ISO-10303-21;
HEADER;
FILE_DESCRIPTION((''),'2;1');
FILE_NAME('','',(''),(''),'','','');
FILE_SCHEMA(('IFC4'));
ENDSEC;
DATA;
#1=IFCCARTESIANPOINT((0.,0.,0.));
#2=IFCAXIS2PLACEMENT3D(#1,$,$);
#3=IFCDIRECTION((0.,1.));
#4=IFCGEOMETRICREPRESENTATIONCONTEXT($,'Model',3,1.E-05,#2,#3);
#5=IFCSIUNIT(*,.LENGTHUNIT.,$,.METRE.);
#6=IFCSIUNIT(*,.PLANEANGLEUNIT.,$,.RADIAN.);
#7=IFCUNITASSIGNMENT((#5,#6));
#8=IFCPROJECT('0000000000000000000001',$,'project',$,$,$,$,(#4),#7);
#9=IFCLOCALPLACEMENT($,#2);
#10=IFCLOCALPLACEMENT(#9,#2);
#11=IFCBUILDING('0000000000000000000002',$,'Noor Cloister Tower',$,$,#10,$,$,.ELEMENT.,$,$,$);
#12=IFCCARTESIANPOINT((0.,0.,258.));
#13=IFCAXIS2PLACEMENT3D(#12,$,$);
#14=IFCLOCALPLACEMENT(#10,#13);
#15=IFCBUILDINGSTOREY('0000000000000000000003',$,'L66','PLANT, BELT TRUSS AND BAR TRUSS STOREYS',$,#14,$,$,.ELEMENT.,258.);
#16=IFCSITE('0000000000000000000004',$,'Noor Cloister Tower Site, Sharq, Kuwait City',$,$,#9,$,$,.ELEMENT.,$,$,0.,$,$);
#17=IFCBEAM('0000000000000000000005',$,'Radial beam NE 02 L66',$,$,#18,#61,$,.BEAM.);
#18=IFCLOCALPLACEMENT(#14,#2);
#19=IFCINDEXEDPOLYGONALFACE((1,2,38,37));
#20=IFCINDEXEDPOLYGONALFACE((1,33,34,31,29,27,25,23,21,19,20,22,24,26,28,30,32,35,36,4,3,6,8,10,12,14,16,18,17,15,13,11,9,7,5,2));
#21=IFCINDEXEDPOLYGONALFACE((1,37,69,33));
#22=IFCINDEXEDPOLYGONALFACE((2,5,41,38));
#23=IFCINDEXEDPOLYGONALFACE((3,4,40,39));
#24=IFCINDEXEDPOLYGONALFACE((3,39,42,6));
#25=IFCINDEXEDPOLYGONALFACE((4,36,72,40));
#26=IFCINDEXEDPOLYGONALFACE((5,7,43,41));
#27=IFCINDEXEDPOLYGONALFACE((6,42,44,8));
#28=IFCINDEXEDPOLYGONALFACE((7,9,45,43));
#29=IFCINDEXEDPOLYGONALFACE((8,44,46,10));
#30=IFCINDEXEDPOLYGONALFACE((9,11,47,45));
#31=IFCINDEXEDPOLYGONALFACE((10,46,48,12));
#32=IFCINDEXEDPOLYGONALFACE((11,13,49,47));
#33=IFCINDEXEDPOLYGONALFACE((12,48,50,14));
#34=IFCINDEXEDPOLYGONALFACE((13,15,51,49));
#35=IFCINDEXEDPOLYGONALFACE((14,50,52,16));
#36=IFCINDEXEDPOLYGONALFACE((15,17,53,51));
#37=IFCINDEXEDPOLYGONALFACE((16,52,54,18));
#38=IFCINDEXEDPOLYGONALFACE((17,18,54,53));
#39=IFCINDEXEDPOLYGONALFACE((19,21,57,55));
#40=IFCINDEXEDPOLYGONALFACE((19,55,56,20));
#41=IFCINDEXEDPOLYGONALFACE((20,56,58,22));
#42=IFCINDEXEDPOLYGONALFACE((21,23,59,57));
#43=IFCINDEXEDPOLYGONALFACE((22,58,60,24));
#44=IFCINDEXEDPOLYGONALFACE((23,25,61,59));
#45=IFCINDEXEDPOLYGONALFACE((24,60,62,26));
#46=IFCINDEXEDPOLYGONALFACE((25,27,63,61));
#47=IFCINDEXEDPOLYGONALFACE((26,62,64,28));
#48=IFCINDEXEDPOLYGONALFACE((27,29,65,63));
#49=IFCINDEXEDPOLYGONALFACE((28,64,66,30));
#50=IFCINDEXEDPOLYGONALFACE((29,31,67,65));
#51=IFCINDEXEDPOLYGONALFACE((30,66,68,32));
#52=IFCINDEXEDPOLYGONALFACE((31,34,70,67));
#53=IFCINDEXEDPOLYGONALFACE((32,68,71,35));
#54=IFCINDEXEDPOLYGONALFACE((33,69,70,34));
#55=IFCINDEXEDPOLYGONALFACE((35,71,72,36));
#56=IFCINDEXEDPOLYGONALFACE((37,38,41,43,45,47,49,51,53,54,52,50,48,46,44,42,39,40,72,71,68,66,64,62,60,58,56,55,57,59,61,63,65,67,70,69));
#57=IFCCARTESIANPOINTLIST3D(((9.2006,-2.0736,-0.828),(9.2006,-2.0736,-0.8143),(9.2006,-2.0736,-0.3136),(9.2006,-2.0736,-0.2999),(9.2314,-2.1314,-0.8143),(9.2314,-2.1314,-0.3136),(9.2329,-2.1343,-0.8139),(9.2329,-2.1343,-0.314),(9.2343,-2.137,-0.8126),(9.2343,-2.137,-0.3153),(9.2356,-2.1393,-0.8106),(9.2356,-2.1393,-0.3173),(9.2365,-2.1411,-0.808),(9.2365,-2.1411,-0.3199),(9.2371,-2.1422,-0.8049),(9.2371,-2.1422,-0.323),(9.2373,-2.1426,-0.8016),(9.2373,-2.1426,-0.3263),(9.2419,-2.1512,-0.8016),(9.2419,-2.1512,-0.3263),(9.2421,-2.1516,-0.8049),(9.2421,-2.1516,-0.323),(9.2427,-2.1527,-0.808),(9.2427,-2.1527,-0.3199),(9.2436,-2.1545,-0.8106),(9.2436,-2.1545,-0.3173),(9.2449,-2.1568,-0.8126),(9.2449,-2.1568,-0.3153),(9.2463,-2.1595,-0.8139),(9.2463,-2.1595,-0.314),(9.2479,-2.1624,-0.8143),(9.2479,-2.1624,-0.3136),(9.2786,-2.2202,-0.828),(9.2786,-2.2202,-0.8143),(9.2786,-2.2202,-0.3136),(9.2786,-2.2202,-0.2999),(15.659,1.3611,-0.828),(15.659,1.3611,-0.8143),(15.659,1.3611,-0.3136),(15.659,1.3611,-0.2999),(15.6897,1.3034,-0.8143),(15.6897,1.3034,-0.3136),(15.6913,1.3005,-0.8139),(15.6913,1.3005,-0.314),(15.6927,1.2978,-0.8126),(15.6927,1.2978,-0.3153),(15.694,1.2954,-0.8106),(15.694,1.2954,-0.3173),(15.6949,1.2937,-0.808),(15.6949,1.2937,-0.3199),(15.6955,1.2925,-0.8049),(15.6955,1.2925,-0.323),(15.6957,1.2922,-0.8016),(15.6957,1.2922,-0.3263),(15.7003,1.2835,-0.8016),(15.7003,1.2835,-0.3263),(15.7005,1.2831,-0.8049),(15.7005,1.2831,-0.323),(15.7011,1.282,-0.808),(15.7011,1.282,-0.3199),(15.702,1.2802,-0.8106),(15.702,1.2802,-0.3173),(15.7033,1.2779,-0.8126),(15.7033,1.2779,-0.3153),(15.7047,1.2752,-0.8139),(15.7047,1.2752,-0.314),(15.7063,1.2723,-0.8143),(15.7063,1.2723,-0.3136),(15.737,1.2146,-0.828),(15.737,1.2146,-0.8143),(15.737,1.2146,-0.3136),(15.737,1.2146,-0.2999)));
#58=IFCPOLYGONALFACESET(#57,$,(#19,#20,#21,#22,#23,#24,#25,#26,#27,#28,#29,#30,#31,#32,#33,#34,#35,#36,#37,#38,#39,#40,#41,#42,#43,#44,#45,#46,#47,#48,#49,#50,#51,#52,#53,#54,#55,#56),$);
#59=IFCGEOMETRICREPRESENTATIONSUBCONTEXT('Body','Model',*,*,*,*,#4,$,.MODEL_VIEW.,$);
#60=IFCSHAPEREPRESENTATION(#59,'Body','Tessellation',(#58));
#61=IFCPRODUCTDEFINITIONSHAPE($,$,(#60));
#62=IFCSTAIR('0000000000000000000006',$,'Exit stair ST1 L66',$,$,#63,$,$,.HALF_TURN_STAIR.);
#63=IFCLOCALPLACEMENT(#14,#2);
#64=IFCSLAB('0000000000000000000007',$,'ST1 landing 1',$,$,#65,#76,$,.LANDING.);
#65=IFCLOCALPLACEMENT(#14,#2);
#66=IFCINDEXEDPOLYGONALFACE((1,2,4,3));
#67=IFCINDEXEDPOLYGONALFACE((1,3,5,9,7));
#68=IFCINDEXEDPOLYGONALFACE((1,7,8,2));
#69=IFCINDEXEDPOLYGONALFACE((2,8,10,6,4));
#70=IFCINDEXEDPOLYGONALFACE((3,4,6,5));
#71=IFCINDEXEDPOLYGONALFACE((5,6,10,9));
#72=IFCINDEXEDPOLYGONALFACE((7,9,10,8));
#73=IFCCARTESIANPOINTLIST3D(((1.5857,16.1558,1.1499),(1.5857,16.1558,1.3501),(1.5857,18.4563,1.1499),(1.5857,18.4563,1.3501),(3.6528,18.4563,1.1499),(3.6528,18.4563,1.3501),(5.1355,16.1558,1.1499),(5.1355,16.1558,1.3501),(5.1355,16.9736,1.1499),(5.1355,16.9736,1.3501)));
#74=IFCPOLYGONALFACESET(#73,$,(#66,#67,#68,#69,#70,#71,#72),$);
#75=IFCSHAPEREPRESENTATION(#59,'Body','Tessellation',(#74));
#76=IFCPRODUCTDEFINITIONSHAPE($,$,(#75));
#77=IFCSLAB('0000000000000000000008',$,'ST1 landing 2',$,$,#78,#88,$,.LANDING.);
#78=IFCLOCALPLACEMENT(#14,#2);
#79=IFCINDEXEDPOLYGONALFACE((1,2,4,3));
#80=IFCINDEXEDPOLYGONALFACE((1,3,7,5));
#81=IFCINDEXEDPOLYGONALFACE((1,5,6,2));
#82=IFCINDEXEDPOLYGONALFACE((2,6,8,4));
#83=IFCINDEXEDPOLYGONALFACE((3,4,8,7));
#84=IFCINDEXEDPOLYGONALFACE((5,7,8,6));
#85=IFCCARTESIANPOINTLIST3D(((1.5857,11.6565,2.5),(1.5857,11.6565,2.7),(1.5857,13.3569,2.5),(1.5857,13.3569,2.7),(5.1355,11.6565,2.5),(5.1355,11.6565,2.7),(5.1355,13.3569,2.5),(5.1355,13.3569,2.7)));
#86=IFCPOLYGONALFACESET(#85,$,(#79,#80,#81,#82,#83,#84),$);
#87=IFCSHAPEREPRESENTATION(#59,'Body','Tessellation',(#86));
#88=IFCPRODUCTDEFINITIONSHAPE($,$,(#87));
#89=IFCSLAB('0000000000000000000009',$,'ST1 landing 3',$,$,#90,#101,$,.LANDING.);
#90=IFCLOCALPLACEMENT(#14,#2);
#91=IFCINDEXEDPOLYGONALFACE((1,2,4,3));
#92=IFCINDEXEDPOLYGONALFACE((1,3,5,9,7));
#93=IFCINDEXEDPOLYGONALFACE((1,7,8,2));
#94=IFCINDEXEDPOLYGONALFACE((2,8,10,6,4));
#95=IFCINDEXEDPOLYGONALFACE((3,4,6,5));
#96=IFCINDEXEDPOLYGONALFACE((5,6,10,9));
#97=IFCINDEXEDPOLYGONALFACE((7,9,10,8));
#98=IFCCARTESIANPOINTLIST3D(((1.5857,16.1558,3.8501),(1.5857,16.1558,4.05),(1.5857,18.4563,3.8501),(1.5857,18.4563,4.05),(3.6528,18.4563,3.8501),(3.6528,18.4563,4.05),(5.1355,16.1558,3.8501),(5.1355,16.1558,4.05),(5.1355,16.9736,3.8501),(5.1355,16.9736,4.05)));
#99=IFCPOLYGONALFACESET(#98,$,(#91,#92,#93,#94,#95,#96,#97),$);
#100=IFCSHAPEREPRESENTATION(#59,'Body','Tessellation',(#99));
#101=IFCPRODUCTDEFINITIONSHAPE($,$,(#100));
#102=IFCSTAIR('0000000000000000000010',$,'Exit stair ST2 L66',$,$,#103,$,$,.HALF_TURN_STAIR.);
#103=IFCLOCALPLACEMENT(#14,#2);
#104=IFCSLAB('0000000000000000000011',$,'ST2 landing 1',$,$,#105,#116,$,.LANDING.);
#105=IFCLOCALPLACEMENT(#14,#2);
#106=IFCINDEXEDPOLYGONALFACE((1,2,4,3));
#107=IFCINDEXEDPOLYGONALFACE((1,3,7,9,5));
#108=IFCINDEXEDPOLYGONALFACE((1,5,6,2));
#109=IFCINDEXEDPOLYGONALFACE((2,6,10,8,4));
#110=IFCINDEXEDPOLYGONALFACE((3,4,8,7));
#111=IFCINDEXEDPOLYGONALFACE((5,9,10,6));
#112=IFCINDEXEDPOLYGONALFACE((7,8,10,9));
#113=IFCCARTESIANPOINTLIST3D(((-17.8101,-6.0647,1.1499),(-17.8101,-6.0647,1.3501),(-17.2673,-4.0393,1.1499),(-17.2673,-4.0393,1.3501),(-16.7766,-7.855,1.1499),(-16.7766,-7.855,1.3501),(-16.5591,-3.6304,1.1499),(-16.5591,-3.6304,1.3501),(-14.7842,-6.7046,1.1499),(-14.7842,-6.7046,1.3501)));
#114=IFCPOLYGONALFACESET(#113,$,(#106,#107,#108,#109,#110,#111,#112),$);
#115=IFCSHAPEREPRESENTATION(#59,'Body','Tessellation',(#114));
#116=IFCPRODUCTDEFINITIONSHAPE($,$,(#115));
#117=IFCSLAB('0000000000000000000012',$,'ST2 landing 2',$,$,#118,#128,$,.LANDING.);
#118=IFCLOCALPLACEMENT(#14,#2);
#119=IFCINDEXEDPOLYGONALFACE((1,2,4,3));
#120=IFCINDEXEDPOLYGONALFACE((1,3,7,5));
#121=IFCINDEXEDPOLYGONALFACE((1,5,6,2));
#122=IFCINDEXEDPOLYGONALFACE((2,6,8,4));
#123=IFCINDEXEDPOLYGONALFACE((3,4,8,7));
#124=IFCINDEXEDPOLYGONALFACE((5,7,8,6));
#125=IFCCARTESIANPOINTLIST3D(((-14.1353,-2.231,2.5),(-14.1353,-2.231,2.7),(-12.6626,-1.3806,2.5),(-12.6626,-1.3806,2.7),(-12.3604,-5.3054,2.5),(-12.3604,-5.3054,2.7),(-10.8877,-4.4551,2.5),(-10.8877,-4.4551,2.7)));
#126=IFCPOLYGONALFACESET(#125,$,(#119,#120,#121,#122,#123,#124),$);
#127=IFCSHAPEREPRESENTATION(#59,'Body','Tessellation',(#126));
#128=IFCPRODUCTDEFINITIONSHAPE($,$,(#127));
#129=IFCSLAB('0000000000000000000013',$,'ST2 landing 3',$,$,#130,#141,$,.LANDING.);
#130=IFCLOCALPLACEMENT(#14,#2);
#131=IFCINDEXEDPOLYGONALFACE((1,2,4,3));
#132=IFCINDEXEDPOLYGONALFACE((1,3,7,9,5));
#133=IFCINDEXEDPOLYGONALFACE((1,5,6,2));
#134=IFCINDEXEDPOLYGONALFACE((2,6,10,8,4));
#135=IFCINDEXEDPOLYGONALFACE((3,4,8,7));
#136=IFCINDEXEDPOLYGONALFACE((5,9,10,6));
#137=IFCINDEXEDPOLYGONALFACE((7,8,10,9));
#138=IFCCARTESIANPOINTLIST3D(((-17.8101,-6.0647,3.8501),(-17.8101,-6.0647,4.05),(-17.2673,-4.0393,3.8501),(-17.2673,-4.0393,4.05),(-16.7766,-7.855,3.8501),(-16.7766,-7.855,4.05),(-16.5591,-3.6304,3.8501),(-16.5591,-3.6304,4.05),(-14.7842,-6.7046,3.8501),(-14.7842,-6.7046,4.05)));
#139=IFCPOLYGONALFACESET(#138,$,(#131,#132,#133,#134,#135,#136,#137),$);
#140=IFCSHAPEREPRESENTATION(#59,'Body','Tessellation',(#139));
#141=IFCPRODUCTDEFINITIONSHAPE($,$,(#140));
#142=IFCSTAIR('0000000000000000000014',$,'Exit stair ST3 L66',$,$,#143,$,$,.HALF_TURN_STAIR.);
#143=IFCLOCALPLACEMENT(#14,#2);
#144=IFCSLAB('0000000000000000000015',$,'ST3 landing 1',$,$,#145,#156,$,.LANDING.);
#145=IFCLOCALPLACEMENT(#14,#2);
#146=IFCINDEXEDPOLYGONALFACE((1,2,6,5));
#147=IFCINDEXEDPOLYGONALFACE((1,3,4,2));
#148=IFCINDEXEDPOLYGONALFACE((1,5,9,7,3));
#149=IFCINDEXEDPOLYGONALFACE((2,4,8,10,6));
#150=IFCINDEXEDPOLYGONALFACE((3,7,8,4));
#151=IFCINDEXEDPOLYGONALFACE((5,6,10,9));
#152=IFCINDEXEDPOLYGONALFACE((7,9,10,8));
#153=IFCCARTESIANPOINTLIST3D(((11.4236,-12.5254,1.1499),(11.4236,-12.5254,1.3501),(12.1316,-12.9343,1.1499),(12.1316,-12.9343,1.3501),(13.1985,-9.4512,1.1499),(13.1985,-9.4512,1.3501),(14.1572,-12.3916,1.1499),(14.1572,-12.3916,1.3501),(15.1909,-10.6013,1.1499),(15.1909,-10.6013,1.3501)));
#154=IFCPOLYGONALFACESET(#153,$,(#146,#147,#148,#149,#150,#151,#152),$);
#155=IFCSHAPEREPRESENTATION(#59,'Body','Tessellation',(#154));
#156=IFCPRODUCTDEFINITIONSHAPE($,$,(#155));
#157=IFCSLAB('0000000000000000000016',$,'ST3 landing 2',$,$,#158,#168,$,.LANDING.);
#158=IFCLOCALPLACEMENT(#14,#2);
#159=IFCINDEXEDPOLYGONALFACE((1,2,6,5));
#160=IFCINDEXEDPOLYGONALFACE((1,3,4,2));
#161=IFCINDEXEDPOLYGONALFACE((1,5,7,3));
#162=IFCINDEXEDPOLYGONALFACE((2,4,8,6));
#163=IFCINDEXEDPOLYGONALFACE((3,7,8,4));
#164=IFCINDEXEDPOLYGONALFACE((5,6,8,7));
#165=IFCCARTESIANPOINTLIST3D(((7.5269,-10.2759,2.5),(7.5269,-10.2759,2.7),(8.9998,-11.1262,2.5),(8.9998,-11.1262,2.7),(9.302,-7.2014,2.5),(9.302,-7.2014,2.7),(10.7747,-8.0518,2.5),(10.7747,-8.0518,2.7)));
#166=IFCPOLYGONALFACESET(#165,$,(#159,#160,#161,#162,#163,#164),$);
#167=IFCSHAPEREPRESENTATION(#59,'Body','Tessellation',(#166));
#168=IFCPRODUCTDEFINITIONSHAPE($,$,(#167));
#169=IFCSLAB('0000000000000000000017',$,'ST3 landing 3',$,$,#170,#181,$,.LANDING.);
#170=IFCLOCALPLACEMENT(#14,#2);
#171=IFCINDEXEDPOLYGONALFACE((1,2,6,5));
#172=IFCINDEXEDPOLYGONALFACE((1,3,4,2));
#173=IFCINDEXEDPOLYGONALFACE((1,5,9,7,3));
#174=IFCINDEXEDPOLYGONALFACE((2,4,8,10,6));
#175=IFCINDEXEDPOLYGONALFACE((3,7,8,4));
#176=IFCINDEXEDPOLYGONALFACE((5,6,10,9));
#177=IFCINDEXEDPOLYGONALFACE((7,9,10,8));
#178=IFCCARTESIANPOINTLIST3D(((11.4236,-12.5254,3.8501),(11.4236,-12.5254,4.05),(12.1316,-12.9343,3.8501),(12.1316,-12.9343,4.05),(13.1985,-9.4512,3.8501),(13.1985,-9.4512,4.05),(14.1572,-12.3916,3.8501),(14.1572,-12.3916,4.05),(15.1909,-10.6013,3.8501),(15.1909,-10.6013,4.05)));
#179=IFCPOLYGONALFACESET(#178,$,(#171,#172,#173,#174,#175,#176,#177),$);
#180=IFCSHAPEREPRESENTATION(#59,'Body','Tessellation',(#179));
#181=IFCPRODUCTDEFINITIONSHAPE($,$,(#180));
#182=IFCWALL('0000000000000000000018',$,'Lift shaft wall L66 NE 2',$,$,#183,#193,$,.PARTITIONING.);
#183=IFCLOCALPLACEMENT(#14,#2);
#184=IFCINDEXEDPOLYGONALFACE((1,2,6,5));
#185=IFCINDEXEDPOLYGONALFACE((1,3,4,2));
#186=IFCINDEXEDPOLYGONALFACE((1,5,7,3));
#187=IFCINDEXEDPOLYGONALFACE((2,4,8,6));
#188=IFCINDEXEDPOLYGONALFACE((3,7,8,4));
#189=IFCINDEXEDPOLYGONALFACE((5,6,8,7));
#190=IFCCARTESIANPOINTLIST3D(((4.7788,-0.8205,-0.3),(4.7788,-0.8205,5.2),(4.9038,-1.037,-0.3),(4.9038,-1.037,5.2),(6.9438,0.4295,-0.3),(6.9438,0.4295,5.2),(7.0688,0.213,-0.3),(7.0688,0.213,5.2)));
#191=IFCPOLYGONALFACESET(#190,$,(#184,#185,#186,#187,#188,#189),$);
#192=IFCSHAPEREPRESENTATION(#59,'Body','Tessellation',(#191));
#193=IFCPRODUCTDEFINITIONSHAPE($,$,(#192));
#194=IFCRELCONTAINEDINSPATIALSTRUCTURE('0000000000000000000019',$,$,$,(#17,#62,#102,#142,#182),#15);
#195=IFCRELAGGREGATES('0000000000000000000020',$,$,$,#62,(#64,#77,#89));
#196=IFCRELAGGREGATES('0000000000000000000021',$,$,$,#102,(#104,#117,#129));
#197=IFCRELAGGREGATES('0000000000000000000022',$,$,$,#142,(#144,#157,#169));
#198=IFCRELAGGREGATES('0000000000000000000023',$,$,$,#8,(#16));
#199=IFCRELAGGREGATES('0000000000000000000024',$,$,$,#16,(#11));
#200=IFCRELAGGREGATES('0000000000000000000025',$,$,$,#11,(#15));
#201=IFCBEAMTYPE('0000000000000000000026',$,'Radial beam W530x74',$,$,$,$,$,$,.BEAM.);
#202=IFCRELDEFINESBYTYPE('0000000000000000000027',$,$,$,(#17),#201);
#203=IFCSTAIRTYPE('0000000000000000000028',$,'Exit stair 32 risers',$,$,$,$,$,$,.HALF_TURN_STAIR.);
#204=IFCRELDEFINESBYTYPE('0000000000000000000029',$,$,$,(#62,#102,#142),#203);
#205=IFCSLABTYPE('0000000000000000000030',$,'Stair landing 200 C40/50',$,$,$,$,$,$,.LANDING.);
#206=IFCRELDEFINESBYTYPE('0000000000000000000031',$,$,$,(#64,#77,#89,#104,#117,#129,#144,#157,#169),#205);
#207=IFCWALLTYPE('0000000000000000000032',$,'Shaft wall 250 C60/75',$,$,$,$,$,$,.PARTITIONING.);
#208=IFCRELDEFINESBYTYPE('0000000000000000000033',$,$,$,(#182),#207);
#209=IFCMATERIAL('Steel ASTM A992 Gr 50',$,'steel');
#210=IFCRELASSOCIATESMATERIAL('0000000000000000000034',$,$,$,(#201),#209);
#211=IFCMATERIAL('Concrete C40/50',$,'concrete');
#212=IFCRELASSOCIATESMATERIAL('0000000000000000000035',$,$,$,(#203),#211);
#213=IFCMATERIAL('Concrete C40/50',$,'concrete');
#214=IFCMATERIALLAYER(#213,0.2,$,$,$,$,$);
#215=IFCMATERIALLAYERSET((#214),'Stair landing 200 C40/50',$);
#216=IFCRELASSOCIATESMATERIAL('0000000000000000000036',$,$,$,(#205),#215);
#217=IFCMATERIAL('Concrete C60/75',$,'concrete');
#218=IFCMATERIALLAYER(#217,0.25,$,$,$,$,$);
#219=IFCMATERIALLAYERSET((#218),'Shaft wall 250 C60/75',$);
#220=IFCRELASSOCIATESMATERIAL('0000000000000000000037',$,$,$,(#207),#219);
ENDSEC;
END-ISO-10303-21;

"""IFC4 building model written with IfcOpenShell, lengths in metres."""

from ifc_helpers import new_model, si_unit, direction, frame, frame_2d, origin, origin_2d, place, context, subcontext, project, spatial, polyline, rectangle, i_section, outline, extrude, material, layer, layer_set, material_profile, profile_set, type_object, element, aggregate, save


model = new_model("IFC4")

# Units and contexts
model_context = context("Model", 3, precision=1e-05, world=origin(), true_north=direction((0.0, 1.0)))
body_context = subcontext(model_context, "Body", "Model", "MODEL_VIEW")
ifc_project = project(units=[si_unit("LENGTHUNIT", "METRE"), si_unit("PLANEANGLEUNIT", "RADIAN")], contexts=[model_context])

# Site, building, storey
site_placement = place(None, origin())
site = spatial("IfcSite", under=ifc_project, at=site_placement, Name="Noor Cloister Tower Site, Sharq, Kuwait City", CompositionType="ELEMENT", RefElevation=0.0)
building_placement = place(site_placement, origin())
building = spatial("IfcBuilding", under=site, at=building_placement, Name="Noor Cloister Tower", CompositionType="ELEMENT")
storey_placement = place(building_placement, frame((0.0, 0.0, 258.0)))
storey = spatial("IfcBuildingStorey", under=building, at=storey_placement, Name="L66", Description="PLANT, BELT TRUSS AND BAR TRUSS STOREYS", CompositionType="ELEMENT", Elevation=258.0)

# Beam
ifc_material_1 = material(Name="Steel ASTM A992 Gr 50", Category="steel")
ifc_material_profile_1 = material_profile(ifc_material_1, i_section(OverallWidth=0.166, OverallDepth=0.5281, WebThickness=0.0098, FlangeThickness=0.0137, FilletRadius=0.0127, at=origin_2d()), Name="W530x74")
ifc_profile_set_1 = profile_set([ifc_material_profile_1], Name="Steel ASTM A992 Gr 50")
beam_type_1 = type_object("IfcBeamType", Name="Radial beam W530x74", PredefinedType="BEAM", material=ifc_profile_set_1)
beam_1_placement = place(storey_placement, frame((15.698, 1.2878, -0.564), z_axis=(-0.882904, -0.469554, 0.0), x_axis=(0.469554, -0.882904, 0.0)))
element("IfcBeam", 1, at=beam_1_placement, inside=storey, type_object=beam_type_1, Name="Radial beam NE 02 L66", PredefinedType="BEAM", context=body_context, shape_type="SweptSolid", body=[
    extrude(i_section(OverallWidth=0.166, OverallDepth=0.5281, WebThickness=0.0098, FlangeThickness=0.0137, FilletRadius=0.0127, at=origin_2d()), origin(), (0.0, 0.0, 1.0), 7.3149),
])

# Stairs, slabs
ifc_material_2 = material(Name="Concrete C40/50", Category="concrete")
stair_type = type_object("IfcStairType", Name="Exit stair 32 risers", PredefinedType="HALF_TURN_STAIR", material=ifc_material_2)
stair_1_placement = place(storey_placement, origin())
stair_1 = element("IfcStair", 2, at=stair_1_placement, inside=storey, type_object=stair_type, Name="Exit stair ST1 L66", PredefinedType="HALF_TURN_STAIR")
ifc_material_3 = material(Name="Concrete C40/50", Category="concrete")
ifc_layer_1 = layer(ifc_material_3, 0.2)
ifc_layer_set_1 = layer_set([ifc_layer_1], Name="Stair landing 200 C40/50")
slab_type = type_object("IfcSlabType", Name="Stair landing 200 C40/50", PredefinedType="LANDING", material=ifc_layer_set_1)
slab_1_placement = place(storey_placement, frame((0.0, 0.0, 1.1499)))
slab_1 = element("IfcSlab", 3, at=slab_1_placement, type_object=slab_type, Name="ST1 landing 1", PredefinedType="LANDING", context=body_context, shape_type="SweptSolid", body=[
    extrude(outline(polyline([(5.1355, 16.1558), (5.1355, 16.9736), (3.6528, 18.4563), (1.5857, 18.4563), (1.5857, 16.1558), (5.1355, 16.1558)])), origin(), (0.0, 0.0, 1.0), 0.2002),
])
slab_2_placement = place(storey_placement, frame((0.0, 0.0, 2.5)))
slab_2 = element("IfcSlab", 4, at=slab_2_placement, type_object=slab_type, Name="ST1 landing 2", PredefinedType="LANDING", context=body_context, shape_type="SweptSolid", body=[
    extrude(outline(polyline([(1.5857, 13.3569), (1.5857, 11.6565), (5.1355, 11.6565), (5.1355, 13.3569), (1.5857, 13.3569)])), origin(), (0.0, 0.0, 1.0), 0.2),
])
slab_3_placement = place(storey_placement, frame((0.0, 0.0, 3.8501)))
slab_3 = element("IfcSlab", 5, at=slab_3_placement, type_object=slab_type, Name="ST1 landing 3", PredefinedType="LANDING", context=body_context, shape_type="SweptSolid", body=[
    extrude(outline(polyline([(5.1355, 16.1558), (5.1355, 16.9736), (3.6528, 18.4563), (1.5857, 18.4563), (1.5857, 16.1558), (5.1355, 16.1558)])), origin(), (0.0, 0.0, 1.0), 0.2),
])
aggregate(stair_1, [slab_1, slab_2, slab_3])
stair_2_placement = place(storey_placement, origin())
stair_2 = element("IfcStair", 6, at=stair_2_placement, inside=storey, type_object=stair_type, Name="Exit stair ST2 L66", PredefinedType="HALF_TURN_STAIR")
slab_4_placement = place(storey_placement, frame((0.0, 0.0, 1.1499)))
slab_4 = element("IfcSlab", 7, at=slab_4_placement, type_object=slab_type, Name="ST2 landing 1", PredefinedType="LANDING", context=body_context, shape_type="SweptSolid", body=[
    extrude(outline(polyline([(-16.5591, -3.6304), (-17.2673, -4.0393), (-17.8101, -6.0647), (-16.7766, -7.855), (-14.7842, -6.7046), (-16.5591, -3.6304)])), origin(), (0.0, 0.0, 1.0), 0.2002),
])
slab_5_placement = place(storey_placement, frame((0.0, 0.0, 2.5)))
slab_5 = element("IfcSlab", 8, at=slab_5_placement, type_object=slab_type, Name="ST2 landing 2", PredefinedType="LANDING", context=body_context, shape_type="SweptSolid", body=[
    extrude(outline(polyline([(-12.3604, -5.3054), (-10.8877, -4.4551), (-12.6626, -1.3806), (-14.1353, -2.231), (-12.3604, -5.3054)])), origin(), (0.0, 0.0, 1.0), 0.2),
])
slab_6_placement = place(storey_placement, frame((0.0, 0.0, 3.8501)))
slab_6 = element("IfcSlab", 9, at=slab_6_placement, type_object=slab_type, Name="ST2 landing 3", PredefinedType="LANDING", context=body_context, shape_type="SweptSolid", body=[
    extrude(outline(polyline([(-16.5591, -3.6304), (-17.2673, -4.0393), (-17.8101, -6.0647), (-16.7766, -7.855), (-14.7842, -6.7046), (-16.5591, -3.6304)])), origin(), (0.0, 0.0, 1.0), 0.2),
])
aggregate(stair_2, [slab_4, slab_5, slab_6])
stair_3_placement = place(storey_placement, origin())
stair_3 = element("IfcStair", 10, at=stair_3_placement, inside=storey, type_object=stair_type, Name="Exit stair ST3 L66", PredefinedType="HALF_TURN_STAIR")
slab_7_placement = place(storey_placement, frame((0.0, 0.0, 1.1499)))
slab_7 = element("IfcSlab", 11, at=slab_7_placement, type_object=slab_type, Name="ST3 landing 1", PredefinedType="LANDING", context=body_context, shape_type="SweptSolid", body=[
    extrude(outline(polyline([(11.4236, -12.5254), (12.1316, -12.9343), (14.1572, -12.3916), (15.1909, -10.6013), (13.1985, -9.4512), (11.4236, -12.5254)])), origin(), (0.0, 0.0, 1.0), 0.2002),
])
slab_8_placement = place(storey_placement, frame((0.0, 0.0, 2.5)))
slab_8 = element("IfcSlab", 12, at=slab_8_placement, type_object=slab_type, Name="ST3 landing 2", PredefinedType="LANDING", context=body_context, shape_type="SweptSolid", body=[
    extrude(outline(polyline([(10.7747, -8.0518), (9.302, -7.2014), (7.5269, -10.2759), (8.9998, -11.1262), (10.7747, -8.0518)])), origin(), (0.0, 0.0, 1.0), 0.2),
])
slab_9_placement = place(storey_placement, frame((0.0, 0.0, 3.8501)))
slab_9 = element("IfcSlab", 13, at=slab_9_placement, type_object=slab_type, Name="ST3 landing 3", PredefinedType="LANDING", context=body_context, shape_type="SweptSolid", body=[
    extrude(outline(polyline([(11.4236, -12.5254), (12.1316, -12.9343), (14.1572, -12.3916), (15.1909, -10.6013), (13.1985, -9.4512), (11.4236, -12.5254)])), origin(), (0.0, 0.0, 1.0), 0.2),
])
aggregate(stair_3, [slab_7, slab_8, slab_9])

# Wall
ifc_material_4 = material(Name="Concrete C60/75", Category="concrete")
ifc_layer_2 = layer(ifc_material_4, 0.25)
ifc_layer_set_2 = layer_set([ifc_layer_2], Name="Shaft wall 250 C60/75")
wall_type_1 = type_object("IfcWallType", Name="Shaft wall 250 C60/75", PredefinedType="PARTITIONING", material=ifc_layer_set_2)
wall_1_placement = place(storey_placement, frame((7.0063, 0.3213, -0.3), z_axis=(0.0, 0.0, 1.0), x_axis=(-0.866023, -0.500004, 0.0)))
element("IfcWall", 14, at=wall_1_placement, inside=storey, type_object=wall_type_1, Name="Lift shaft wall L66 NE 2", PredefinedType="PARTITIONING", context=body_context, shape_type="SweptSolid", body=[
    extrude(rectangle(XDim=2.5, YDim=0.25, at=frame_2d((1.25, 0.0))), origin(), (0.0, 0.0, 1.0), 5.5),
])

save(model, "model.ifc")
